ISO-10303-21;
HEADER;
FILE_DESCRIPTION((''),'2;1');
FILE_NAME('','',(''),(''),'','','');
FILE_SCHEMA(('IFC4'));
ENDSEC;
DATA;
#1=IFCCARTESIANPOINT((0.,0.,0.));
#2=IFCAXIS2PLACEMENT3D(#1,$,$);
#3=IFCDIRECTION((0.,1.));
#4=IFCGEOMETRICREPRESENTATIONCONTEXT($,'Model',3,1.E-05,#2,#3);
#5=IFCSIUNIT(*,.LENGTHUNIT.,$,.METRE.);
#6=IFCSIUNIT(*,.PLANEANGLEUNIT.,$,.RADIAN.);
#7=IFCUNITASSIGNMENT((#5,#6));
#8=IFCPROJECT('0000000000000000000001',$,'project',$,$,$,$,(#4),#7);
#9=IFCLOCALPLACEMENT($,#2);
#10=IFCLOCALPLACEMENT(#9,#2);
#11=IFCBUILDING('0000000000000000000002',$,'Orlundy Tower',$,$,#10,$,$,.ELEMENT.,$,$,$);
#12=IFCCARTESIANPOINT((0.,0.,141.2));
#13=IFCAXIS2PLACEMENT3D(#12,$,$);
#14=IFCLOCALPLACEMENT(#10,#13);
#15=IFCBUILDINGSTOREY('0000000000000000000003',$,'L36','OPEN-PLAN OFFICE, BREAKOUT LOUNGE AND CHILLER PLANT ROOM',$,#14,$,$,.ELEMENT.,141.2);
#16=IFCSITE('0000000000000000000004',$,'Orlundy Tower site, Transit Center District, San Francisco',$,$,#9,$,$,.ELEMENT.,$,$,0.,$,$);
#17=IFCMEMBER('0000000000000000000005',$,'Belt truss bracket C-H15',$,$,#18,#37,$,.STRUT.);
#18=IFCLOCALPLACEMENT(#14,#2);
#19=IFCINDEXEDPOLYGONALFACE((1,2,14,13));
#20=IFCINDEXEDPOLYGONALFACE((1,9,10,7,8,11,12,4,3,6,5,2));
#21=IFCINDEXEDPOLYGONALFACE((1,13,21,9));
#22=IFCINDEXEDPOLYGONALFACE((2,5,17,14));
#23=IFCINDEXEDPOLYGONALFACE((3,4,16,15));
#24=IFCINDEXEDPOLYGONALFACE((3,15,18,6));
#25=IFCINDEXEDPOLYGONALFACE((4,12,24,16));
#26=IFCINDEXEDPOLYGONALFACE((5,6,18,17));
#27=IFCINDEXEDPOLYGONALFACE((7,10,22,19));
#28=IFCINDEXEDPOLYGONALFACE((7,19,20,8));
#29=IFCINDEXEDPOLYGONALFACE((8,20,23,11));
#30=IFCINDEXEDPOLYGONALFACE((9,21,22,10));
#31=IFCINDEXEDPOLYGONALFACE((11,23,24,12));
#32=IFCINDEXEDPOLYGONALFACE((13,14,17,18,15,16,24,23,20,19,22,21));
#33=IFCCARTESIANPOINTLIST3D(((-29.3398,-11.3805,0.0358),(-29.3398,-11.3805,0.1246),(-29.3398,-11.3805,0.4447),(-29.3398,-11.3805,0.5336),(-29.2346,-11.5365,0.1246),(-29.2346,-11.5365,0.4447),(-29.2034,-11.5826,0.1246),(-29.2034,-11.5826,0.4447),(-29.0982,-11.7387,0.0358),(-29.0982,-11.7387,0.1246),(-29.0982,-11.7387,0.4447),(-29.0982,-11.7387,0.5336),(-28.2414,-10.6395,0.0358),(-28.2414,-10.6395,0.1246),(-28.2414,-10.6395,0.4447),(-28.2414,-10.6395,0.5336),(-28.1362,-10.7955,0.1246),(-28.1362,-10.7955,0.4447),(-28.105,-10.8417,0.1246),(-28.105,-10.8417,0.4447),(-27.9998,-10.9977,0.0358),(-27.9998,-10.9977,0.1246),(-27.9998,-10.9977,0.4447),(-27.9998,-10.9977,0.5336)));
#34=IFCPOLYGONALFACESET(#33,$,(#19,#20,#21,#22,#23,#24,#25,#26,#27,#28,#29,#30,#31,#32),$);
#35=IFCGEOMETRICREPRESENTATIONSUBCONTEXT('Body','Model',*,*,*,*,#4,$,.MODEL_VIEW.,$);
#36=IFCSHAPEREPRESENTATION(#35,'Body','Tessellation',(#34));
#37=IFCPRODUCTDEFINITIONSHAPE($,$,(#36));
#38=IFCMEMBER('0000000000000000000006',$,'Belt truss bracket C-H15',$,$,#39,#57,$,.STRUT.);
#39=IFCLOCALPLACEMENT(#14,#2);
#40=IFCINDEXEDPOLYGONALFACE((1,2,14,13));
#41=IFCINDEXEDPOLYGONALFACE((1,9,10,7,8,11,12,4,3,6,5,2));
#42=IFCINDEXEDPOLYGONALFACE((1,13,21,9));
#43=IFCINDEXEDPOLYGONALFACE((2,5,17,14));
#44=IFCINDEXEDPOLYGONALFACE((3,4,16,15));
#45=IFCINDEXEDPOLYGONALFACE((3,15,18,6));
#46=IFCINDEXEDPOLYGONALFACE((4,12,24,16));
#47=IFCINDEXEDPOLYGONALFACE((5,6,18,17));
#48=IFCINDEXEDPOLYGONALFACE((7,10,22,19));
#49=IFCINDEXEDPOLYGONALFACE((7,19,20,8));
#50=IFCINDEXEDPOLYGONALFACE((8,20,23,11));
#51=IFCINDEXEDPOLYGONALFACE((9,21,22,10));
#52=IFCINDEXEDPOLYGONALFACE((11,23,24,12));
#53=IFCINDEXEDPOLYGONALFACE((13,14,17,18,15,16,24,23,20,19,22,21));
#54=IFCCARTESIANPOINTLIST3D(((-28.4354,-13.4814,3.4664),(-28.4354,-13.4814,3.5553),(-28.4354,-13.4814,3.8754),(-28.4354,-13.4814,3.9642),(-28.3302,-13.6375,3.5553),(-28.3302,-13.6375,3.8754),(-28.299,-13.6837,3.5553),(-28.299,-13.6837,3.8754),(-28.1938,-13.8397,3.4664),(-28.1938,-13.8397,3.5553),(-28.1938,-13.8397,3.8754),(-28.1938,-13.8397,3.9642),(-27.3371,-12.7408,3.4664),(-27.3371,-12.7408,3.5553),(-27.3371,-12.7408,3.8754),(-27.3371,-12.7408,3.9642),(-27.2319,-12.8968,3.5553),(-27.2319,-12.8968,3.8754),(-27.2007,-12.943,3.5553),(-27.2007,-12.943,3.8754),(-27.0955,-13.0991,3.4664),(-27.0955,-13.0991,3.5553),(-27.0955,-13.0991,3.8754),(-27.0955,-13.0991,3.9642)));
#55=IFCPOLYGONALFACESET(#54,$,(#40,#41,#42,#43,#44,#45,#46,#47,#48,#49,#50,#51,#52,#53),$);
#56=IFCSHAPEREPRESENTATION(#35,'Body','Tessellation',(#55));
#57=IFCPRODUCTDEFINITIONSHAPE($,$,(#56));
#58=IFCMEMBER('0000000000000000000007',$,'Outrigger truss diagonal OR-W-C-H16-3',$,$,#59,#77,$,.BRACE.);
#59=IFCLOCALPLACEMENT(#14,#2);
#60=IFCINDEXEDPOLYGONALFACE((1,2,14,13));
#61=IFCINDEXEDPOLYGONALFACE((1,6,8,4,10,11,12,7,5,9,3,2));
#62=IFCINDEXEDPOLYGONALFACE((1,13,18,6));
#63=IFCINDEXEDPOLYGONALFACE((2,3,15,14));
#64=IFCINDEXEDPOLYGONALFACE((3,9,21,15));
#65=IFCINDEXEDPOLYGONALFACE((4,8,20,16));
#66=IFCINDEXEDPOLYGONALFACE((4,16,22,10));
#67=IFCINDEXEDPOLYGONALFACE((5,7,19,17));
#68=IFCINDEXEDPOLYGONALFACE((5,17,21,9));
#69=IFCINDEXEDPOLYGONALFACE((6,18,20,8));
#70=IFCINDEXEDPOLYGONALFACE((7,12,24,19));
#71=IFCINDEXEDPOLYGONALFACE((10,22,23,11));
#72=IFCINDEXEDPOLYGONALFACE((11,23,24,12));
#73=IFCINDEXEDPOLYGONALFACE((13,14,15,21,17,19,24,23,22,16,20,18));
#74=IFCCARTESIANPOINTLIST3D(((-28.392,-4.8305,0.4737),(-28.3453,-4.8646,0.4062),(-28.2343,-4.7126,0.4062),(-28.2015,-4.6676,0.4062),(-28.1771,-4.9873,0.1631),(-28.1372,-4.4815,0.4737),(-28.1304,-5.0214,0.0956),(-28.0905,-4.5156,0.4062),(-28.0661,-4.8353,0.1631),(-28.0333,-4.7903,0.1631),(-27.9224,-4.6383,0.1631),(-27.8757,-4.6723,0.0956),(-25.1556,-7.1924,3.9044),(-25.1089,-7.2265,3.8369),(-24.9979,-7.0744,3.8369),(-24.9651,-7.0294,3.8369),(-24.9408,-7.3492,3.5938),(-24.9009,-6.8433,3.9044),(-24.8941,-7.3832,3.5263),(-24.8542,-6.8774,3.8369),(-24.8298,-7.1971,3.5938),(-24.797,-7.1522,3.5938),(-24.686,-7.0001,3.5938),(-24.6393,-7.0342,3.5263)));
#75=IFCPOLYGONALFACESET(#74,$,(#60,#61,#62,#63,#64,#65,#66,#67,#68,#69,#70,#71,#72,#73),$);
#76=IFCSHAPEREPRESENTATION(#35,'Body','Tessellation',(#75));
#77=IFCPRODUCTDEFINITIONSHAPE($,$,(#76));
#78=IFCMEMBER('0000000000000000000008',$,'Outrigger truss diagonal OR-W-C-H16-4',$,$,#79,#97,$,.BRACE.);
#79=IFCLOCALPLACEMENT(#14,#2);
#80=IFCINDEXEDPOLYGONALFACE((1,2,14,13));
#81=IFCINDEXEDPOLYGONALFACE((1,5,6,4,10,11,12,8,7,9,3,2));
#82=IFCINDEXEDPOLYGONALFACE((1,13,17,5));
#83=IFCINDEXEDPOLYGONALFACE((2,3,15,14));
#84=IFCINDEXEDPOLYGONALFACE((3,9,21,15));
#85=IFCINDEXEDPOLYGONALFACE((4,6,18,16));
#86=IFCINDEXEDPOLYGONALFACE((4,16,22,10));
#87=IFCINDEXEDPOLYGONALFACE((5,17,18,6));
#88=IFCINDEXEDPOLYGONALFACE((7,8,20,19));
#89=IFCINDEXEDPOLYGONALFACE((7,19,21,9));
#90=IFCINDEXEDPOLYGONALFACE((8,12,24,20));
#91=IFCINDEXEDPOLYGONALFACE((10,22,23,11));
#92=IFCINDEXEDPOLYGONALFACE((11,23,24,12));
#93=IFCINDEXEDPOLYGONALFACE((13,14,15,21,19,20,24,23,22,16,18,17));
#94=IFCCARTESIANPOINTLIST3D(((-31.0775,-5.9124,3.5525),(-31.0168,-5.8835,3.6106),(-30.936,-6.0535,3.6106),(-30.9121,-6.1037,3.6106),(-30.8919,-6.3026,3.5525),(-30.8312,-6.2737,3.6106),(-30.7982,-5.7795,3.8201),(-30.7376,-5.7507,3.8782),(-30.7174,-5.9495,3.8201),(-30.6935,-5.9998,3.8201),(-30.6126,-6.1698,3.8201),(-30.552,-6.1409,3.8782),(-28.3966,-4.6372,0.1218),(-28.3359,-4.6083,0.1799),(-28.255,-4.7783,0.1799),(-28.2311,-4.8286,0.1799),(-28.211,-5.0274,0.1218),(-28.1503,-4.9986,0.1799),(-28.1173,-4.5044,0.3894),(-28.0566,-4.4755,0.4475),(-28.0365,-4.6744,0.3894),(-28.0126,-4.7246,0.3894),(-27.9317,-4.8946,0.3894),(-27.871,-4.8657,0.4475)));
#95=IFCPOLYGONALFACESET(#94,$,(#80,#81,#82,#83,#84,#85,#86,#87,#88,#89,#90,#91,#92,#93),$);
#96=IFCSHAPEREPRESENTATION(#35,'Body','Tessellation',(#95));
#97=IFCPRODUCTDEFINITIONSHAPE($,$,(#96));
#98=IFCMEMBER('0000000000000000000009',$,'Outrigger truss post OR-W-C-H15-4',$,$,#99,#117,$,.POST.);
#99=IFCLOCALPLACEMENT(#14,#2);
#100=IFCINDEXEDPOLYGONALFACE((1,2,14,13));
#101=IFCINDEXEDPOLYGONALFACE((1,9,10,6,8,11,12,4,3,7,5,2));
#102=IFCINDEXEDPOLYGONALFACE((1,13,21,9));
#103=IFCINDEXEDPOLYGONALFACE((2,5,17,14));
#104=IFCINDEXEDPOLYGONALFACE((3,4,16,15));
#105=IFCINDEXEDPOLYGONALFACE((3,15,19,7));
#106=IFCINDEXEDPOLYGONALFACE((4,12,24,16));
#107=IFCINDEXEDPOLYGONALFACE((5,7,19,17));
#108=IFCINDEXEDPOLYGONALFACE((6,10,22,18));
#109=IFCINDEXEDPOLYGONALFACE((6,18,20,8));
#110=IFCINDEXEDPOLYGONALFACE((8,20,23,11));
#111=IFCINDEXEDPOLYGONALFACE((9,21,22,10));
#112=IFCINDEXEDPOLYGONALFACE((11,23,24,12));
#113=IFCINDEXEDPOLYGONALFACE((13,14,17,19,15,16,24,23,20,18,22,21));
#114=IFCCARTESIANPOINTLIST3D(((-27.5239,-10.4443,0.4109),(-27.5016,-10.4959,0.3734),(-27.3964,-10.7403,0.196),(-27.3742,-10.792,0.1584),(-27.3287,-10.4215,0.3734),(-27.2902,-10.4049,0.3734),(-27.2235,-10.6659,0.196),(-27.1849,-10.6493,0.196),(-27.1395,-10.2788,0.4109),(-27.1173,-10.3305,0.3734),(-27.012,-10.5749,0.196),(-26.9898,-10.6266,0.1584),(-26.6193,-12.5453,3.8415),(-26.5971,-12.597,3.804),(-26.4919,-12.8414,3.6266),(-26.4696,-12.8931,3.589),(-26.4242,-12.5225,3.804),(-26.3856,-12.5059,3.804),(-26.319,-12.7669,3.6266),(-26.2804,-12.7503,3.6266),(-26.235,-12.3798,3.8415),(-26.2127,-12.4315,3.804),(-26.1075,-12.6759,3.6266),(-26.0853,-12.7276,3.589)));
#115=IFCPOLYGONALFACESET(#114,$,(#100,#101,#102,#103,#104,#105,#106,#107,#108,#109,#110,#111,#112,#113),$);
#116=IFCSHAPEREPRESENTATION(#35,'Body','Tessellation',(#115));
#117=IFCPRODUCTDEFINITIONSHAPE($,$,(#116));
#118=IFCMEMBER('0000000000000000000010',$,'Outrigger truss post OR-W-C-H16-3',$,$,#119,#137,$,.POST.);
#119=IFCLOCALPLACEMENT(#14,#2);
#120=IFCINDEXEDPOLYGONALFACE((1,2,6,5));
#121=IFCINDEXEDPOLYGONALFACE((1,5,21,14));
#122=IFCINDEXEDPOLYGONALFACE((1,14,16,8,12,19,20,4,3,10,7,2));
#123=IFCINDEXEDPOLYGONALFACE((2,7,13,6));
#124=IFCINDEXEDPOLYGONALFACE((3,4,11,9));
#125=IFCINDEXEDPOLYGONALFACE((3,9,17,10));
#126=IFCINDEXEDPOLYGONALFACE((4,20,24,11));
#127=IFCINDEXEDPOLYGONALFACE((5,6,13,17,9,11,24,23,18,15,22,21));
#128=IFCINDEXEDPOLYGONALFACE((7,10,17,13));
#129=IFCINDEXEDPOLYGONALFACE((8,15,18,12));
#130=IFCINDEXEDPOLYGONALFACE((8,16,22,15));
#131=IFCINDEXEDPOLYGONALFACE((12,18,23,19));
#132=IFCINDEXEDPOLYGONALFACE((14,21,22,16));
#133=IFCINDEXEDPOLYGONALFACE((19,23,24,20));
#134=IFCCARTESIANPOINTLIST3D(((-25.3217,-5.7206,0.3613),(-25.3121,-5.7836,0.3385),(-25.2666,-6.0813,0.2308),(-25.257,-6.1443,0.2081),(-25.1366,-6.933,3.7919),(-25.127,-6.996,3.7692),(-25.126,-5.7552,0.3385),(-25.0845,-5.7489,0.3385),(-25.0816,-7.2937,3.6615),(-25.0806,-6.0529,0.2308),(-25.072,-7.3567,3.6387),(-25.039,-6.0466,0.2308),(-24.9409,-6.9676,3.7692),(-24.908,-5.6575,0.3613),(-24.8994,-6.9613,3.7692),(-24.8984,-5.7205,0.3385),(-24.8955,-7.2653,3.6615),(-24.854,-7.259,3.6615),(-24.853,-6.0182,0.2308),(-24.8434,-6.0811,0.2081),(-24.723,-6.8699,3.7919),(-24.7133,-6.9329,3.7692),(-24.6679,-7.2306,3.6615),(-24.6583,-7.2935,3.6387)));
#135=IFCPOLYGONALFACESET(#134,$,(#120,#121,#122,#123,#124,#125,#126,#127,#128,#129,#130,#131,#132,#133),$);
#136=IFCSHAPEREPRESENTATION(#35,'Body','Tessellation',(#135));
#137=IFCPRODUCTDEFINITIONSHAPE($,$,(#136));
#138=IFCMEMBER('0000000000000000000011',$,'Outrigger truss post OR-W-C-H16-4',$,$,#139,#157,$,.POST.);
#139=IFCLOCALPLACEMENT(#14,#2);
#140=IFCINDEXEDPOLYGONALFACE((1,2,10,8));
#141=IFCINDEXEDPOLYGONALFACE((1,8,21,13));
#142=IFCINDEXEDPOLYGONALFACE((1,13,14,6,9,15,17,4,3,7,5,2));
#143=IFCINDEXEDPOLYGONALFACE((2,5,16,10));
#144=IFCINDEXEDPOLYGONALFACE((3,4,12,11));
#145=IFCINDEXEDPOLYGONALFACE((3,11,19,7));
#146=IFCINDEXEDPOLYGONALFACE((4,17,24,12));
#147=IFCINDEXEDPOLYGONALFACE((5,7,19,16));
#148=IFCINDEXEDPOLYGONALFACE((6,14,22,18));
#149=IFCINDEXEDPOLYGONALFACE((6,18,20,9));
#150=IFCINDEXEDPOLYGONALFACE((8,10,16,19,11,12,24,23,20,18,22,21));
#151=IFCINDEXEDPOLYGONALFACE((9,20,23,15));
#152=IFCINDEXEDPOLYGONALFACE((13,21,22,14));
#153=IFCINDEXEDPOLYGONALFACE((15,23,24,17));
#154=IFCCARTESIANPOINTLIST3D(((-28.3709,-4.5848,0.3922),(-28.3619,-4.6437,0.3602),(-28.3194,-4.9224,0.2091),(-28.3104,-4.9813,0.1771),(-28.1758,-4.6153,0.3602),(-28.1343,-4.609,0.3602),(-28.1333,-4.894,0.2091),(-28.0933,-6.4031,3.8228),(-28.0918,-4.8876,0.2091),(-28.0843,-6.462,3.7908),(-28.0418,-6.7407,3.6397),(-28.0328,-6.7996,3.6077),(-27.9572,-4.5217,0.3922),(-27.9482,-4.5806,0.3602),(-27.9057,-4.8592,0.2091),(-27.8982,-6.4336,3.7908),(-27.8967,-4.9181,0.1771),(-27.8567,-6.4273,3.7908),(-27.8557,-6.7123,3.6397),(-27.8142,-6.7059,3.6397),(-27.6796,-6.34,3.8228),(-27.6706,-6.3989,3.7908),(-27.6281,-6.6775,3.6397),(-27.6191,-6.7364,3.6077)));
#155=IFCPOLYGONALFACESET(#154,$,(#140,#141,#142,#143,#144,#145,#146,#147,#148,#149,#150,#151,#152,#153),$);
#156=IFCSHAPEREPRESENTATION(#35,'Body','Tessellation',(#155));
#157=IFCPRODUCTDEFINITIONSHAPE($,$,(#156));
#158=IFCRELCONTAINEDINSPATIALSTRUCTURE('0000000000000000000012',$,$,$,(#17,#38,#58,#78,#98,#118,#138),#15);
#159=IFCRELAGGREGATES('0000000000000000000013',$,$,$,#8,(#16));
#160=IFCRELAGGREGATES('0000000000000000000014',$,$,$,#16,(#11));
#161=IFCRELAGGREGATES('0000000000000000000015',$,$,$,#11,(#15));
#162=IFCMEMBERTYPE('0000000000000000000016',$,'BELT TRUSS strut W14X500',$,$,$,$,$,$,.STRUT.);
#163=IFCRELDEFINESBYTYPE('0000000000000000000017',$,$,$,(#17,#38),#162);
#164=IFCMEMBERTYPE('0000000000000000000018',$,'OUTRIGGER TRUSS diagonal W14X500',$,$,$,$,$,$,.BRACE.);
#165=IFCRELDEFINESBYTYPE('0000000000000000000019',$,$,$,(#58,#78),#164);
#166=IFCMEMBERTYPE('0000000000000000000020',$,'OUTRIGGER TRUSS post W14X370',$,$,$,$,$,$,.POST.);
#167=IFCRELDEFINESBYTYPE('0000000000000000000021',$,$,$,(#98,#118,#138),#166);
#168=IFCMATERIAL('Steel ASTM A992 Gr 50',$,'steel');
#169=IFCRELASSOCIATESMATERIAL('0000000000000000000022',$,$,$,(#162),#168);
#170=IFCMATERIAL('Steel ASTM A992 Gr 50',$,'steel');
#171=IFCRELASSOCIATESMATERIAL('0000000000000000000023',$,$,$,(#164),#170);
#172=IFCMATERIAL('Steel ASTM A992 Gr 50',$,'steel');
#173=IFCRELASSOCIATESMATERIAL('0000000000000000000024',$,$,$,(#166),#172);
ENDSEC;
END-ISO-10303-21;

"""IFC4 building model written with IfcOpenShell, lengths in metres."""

from ifc_helpers import new_model, si_unit, direction, frame, origin, origin_2d, place, context, subcontext, project, spatial, i_section, extrude, material, material_profile, profile_set, type_object, element, save


model = new_model("IFC4")

# Units and contexts
model_context = context("Model", 3, precision=1e-05, world=origin(), true_north=direction((0.0, 1.0)))
body_context = subcontext(model_context, "Body", "Model", "MODEL_VIEW")
ifc_project = project(units=[si_unit("LENGTHUNIT", "METRE"), si_unit("PLANEANGLEUNIT", "RADIAN")], contexts=[model_context])

# Site, building, storey
site_placement = place(None, origin())
site = spatial("IfcSite", under=ifc_project, at=site_placement, Name="Orlundy Tower site, Transit Center District, San Francisco", CompositionType="ELEMENT", RefElevation=0.0)
building_placement = place(site_placement, origin())
building = spatial("IfcBuilding", under=site, at=building_placement, Name="Orlundy Tower", CompositionType="ELEMENT")
storey_placement = place(building_placement, frame((0.0, 0.0, 141.2)))
storey = spatial("IfcBuildingStorey", under=building, at=storey_placement, Name="L36", Description="OPEN-PLAN OFFICE, BREAKOUT LOUNGE AND CHILLER PLANT ROOM", CompositionType="ELEMENT", Elevation=141.2)

# Members
ifc_material_1 = material(Name="Steel ASTM A992 Gr 50", Category="steel")
ifc_material_profile_1 = material_profile(ifc_material_1, i_section(OverallWidth=0.4321, OverallDepth=0.4978, WebThickness=0.0557, FlangeThickness=0.0889, at=origin_2d()), Name="W14X500")
ifc_profile_set_1 = profile_set([ifc_material_profile_1], Name="Steel ASTM A992 Gr 50")
member_type_1 = type_object("IfcMemberType", Name="BELT TRUSS strut W14X500", PredefinedType="STRUT", material=ifc_profile_set_1)
member_1_placement = place(storey_placement, frame((-28.1206, -10.8186, 0.2847), z_axis=(-0.829005, -0.559242, 0.0), x_axis=(0.559242, -0.829005, 0.0)))
element("IfcMember", 1, at=member_1_placement, inside=storey, type_object=member_type_1, Name="Belt truss bracket C-H15", PredefinedType="STRUT", context=body_context, shape_type="SweptSolid", body=[
    extrude(i_section(OverallWidth=0.4321, OverallDepth=0.4978, WebThickness=0.0557, FlangeThickness=0.0889, at=origin_2d()), origin(), (0.0, 0.0, 1.0), 1.325),
])
member_2_placement = place(storey_placement, frame((-27.2163, -12.9199, 3.7153), z_axis=(-0.82909, -0.559115, 0.0), x_axis=(0.559115, -0.82909, 0.0)))
element("IfcMember", 2, at=member_2_placement, inside=storey, type_object=member_type_1, Name="Belt truss bracket C-H15", PredefinedType="STRUT", context=body_context, shape_type="SweptSolid", body=[
    extrude(i_section(OverallWidth=0.4321, OverallDepth=0.4978, WebThickness=0.0557, FlangeThickness=0.0889, at=origin_2d()), origin(), (0.0, 0.0, 1.0), 1.3247),
])
ifc_material_2 = material(Name="Steel ASTM A992 Gr 50", Category="steel")
ifc_material_profile_2 = material_profile(ifc_material_2, i_section(OverallWidth=0.4321, OverallDepth=0.4978, WebThickness=0.0557, FlangeThickness=0.0889, at=origin_2d()), Name="W14X500")
ifc_profile_set_2 = profile_set([ifc_material_profile_2], Name="Steel ASTM A992 Gr 50")
member_type_2 = type_object("IfcMemberType", Name="OUTRIGGER TRUSS diagonal W14X500", PredefinedType="BRACE", material=ifc_profile_set_2)
member_3_placement = place(storey_placement, frame((-24.8975, -7.1133, 3.7153), z_axis=(-0.613568, 0.447771, -0.650412), x_axis=(-0.589497, -0.807771, 0.0)))
element("IfcMember", 3, at=member_3_placement, inside=storey, type_object=member_type_2, Name="Outrigger truss diagonal OR-W-C-H16-3", PredefinedType="BRACE", context=body_context, shape_type="SweptSolid", body=[
    extrude(i_section(OverallWidth=0.4321, OverallDepth=0.4978, WebThickness=0.0557, FlangeThickness=0.0889, at=origin_2d()), origin(), (0.0, 0.0, 1.0), 5.2747),
])
member_4_placement = place(storey_placement, frame((-28.1338, -4.7515, 0.2847), z_axis=(-0.590922, -0.281066, 0.756183), x_axis=(0.429528, -0.903053, 0.0)))
element("IfcMember", 4, at=member_4_placement, inside=storey, type_object=member_type_2, Name="Outrigger truss diagonal OR-W-C-H16-4", PredefinedType="BRACE", context=body_context, shape_type="SweptSolid", body=[
    extrude(i_section(OverallWidth=0.4321, OverallDepth=0.4978, WebThickness=0.0557, FlangeThickness=0.0889, at=origin_2d()), origin(), (0.0, 0.0, 1.0), 4.5369),
])
ifc_material_3 = material(Name="Steel ASTM A992 Gr 50", Category="steel")
ifc_material_profile_3 = material_profile(ifc_material_3, i_section(OverallWidth=0.4185, OverallDepth=0.4551, WebThickness=0.042, FlangeThickness=0.0676, at=origin_2d()), Name="W14X370")
ifc_profile_set_3 = profile_set([ifc_material_profile_3], Name="Steel ASTM A992 Gr 50")
member_type_3 = type_object("IfcMemberType", Name="OUTRIGGER TRUSS post W14X370", PredefinedType="POST", material=ifc_profile_set_3)
member_5_placement = place(storey_placement, frame((-27.2568, -10.5354, 0.2847), z_axis=(0.219369, -0.509553, 0.832005), x_axis=(0.918498, 0.395426, 0.0)))
element("IfcMember", 5, at=member_5_placement, inside=storey, type_object=member_type_3, Name="Outrigger truss post OR-W-C-H15-4", PredefinedType="POST", context=body_context, shape_type="SweptSolid", body=[
    extrude(i_section(OverallWidth=0.4185, OverallDepth=0.4551, WebThickness=0.042, FlangeThickness=0.0676, at=origin_2d()), origin(), (0.0, 0.0, 1.0), 4.1233),
])
member_6_placement = place(storey_placement, frame((-25.0825, -5.9009, 0.2847), z_axis=(0.050794, -0.332776, 0.941637), x_axis=(0.988551, 0.15089, 0.0)))
element("IfcMember", 6, at=member_6_placement, inside=storey, type_object=member_type_3, Name="Outrigger truss post OR-W-C-H16-3", PredefinedType="POST", context=body_context, shape_type="SweptSolid", body=[
    extrude(i_section(OverallWidth=0.4185, OverallDepth=0.4551, WebThickness=0.042, FlangeThickness=0.0676, at=origin_2d()), origin(), (0.0, 0.0, 1.0), 3.6433),
])
member_7_placement = place(storey_placement, frame((-28.1338, -4.7515, 0.2847), z_axis=(0.07131, -0.467123, 0.881312), x_axis=(0.988547, 0.15091, 0.0)))
element("IfcMember", 7, at=member_7_placement, inside=storey, type_object=member_type_3, Name="Outrigger truss post OR-W-C-H16-4", PredefinedType="POST", context=body_context, shape_type="SweptSolid", body=[
    extrude(i_section(OverallWidth=0.4185, OverallDepth=0.4551, WebThickness=0.042, FlangeThickness=0.0676, at=origin_2d()), origin(), (0.0, 0.0, 1.0), 3.8926),
])

save(model, "model.ifc")
